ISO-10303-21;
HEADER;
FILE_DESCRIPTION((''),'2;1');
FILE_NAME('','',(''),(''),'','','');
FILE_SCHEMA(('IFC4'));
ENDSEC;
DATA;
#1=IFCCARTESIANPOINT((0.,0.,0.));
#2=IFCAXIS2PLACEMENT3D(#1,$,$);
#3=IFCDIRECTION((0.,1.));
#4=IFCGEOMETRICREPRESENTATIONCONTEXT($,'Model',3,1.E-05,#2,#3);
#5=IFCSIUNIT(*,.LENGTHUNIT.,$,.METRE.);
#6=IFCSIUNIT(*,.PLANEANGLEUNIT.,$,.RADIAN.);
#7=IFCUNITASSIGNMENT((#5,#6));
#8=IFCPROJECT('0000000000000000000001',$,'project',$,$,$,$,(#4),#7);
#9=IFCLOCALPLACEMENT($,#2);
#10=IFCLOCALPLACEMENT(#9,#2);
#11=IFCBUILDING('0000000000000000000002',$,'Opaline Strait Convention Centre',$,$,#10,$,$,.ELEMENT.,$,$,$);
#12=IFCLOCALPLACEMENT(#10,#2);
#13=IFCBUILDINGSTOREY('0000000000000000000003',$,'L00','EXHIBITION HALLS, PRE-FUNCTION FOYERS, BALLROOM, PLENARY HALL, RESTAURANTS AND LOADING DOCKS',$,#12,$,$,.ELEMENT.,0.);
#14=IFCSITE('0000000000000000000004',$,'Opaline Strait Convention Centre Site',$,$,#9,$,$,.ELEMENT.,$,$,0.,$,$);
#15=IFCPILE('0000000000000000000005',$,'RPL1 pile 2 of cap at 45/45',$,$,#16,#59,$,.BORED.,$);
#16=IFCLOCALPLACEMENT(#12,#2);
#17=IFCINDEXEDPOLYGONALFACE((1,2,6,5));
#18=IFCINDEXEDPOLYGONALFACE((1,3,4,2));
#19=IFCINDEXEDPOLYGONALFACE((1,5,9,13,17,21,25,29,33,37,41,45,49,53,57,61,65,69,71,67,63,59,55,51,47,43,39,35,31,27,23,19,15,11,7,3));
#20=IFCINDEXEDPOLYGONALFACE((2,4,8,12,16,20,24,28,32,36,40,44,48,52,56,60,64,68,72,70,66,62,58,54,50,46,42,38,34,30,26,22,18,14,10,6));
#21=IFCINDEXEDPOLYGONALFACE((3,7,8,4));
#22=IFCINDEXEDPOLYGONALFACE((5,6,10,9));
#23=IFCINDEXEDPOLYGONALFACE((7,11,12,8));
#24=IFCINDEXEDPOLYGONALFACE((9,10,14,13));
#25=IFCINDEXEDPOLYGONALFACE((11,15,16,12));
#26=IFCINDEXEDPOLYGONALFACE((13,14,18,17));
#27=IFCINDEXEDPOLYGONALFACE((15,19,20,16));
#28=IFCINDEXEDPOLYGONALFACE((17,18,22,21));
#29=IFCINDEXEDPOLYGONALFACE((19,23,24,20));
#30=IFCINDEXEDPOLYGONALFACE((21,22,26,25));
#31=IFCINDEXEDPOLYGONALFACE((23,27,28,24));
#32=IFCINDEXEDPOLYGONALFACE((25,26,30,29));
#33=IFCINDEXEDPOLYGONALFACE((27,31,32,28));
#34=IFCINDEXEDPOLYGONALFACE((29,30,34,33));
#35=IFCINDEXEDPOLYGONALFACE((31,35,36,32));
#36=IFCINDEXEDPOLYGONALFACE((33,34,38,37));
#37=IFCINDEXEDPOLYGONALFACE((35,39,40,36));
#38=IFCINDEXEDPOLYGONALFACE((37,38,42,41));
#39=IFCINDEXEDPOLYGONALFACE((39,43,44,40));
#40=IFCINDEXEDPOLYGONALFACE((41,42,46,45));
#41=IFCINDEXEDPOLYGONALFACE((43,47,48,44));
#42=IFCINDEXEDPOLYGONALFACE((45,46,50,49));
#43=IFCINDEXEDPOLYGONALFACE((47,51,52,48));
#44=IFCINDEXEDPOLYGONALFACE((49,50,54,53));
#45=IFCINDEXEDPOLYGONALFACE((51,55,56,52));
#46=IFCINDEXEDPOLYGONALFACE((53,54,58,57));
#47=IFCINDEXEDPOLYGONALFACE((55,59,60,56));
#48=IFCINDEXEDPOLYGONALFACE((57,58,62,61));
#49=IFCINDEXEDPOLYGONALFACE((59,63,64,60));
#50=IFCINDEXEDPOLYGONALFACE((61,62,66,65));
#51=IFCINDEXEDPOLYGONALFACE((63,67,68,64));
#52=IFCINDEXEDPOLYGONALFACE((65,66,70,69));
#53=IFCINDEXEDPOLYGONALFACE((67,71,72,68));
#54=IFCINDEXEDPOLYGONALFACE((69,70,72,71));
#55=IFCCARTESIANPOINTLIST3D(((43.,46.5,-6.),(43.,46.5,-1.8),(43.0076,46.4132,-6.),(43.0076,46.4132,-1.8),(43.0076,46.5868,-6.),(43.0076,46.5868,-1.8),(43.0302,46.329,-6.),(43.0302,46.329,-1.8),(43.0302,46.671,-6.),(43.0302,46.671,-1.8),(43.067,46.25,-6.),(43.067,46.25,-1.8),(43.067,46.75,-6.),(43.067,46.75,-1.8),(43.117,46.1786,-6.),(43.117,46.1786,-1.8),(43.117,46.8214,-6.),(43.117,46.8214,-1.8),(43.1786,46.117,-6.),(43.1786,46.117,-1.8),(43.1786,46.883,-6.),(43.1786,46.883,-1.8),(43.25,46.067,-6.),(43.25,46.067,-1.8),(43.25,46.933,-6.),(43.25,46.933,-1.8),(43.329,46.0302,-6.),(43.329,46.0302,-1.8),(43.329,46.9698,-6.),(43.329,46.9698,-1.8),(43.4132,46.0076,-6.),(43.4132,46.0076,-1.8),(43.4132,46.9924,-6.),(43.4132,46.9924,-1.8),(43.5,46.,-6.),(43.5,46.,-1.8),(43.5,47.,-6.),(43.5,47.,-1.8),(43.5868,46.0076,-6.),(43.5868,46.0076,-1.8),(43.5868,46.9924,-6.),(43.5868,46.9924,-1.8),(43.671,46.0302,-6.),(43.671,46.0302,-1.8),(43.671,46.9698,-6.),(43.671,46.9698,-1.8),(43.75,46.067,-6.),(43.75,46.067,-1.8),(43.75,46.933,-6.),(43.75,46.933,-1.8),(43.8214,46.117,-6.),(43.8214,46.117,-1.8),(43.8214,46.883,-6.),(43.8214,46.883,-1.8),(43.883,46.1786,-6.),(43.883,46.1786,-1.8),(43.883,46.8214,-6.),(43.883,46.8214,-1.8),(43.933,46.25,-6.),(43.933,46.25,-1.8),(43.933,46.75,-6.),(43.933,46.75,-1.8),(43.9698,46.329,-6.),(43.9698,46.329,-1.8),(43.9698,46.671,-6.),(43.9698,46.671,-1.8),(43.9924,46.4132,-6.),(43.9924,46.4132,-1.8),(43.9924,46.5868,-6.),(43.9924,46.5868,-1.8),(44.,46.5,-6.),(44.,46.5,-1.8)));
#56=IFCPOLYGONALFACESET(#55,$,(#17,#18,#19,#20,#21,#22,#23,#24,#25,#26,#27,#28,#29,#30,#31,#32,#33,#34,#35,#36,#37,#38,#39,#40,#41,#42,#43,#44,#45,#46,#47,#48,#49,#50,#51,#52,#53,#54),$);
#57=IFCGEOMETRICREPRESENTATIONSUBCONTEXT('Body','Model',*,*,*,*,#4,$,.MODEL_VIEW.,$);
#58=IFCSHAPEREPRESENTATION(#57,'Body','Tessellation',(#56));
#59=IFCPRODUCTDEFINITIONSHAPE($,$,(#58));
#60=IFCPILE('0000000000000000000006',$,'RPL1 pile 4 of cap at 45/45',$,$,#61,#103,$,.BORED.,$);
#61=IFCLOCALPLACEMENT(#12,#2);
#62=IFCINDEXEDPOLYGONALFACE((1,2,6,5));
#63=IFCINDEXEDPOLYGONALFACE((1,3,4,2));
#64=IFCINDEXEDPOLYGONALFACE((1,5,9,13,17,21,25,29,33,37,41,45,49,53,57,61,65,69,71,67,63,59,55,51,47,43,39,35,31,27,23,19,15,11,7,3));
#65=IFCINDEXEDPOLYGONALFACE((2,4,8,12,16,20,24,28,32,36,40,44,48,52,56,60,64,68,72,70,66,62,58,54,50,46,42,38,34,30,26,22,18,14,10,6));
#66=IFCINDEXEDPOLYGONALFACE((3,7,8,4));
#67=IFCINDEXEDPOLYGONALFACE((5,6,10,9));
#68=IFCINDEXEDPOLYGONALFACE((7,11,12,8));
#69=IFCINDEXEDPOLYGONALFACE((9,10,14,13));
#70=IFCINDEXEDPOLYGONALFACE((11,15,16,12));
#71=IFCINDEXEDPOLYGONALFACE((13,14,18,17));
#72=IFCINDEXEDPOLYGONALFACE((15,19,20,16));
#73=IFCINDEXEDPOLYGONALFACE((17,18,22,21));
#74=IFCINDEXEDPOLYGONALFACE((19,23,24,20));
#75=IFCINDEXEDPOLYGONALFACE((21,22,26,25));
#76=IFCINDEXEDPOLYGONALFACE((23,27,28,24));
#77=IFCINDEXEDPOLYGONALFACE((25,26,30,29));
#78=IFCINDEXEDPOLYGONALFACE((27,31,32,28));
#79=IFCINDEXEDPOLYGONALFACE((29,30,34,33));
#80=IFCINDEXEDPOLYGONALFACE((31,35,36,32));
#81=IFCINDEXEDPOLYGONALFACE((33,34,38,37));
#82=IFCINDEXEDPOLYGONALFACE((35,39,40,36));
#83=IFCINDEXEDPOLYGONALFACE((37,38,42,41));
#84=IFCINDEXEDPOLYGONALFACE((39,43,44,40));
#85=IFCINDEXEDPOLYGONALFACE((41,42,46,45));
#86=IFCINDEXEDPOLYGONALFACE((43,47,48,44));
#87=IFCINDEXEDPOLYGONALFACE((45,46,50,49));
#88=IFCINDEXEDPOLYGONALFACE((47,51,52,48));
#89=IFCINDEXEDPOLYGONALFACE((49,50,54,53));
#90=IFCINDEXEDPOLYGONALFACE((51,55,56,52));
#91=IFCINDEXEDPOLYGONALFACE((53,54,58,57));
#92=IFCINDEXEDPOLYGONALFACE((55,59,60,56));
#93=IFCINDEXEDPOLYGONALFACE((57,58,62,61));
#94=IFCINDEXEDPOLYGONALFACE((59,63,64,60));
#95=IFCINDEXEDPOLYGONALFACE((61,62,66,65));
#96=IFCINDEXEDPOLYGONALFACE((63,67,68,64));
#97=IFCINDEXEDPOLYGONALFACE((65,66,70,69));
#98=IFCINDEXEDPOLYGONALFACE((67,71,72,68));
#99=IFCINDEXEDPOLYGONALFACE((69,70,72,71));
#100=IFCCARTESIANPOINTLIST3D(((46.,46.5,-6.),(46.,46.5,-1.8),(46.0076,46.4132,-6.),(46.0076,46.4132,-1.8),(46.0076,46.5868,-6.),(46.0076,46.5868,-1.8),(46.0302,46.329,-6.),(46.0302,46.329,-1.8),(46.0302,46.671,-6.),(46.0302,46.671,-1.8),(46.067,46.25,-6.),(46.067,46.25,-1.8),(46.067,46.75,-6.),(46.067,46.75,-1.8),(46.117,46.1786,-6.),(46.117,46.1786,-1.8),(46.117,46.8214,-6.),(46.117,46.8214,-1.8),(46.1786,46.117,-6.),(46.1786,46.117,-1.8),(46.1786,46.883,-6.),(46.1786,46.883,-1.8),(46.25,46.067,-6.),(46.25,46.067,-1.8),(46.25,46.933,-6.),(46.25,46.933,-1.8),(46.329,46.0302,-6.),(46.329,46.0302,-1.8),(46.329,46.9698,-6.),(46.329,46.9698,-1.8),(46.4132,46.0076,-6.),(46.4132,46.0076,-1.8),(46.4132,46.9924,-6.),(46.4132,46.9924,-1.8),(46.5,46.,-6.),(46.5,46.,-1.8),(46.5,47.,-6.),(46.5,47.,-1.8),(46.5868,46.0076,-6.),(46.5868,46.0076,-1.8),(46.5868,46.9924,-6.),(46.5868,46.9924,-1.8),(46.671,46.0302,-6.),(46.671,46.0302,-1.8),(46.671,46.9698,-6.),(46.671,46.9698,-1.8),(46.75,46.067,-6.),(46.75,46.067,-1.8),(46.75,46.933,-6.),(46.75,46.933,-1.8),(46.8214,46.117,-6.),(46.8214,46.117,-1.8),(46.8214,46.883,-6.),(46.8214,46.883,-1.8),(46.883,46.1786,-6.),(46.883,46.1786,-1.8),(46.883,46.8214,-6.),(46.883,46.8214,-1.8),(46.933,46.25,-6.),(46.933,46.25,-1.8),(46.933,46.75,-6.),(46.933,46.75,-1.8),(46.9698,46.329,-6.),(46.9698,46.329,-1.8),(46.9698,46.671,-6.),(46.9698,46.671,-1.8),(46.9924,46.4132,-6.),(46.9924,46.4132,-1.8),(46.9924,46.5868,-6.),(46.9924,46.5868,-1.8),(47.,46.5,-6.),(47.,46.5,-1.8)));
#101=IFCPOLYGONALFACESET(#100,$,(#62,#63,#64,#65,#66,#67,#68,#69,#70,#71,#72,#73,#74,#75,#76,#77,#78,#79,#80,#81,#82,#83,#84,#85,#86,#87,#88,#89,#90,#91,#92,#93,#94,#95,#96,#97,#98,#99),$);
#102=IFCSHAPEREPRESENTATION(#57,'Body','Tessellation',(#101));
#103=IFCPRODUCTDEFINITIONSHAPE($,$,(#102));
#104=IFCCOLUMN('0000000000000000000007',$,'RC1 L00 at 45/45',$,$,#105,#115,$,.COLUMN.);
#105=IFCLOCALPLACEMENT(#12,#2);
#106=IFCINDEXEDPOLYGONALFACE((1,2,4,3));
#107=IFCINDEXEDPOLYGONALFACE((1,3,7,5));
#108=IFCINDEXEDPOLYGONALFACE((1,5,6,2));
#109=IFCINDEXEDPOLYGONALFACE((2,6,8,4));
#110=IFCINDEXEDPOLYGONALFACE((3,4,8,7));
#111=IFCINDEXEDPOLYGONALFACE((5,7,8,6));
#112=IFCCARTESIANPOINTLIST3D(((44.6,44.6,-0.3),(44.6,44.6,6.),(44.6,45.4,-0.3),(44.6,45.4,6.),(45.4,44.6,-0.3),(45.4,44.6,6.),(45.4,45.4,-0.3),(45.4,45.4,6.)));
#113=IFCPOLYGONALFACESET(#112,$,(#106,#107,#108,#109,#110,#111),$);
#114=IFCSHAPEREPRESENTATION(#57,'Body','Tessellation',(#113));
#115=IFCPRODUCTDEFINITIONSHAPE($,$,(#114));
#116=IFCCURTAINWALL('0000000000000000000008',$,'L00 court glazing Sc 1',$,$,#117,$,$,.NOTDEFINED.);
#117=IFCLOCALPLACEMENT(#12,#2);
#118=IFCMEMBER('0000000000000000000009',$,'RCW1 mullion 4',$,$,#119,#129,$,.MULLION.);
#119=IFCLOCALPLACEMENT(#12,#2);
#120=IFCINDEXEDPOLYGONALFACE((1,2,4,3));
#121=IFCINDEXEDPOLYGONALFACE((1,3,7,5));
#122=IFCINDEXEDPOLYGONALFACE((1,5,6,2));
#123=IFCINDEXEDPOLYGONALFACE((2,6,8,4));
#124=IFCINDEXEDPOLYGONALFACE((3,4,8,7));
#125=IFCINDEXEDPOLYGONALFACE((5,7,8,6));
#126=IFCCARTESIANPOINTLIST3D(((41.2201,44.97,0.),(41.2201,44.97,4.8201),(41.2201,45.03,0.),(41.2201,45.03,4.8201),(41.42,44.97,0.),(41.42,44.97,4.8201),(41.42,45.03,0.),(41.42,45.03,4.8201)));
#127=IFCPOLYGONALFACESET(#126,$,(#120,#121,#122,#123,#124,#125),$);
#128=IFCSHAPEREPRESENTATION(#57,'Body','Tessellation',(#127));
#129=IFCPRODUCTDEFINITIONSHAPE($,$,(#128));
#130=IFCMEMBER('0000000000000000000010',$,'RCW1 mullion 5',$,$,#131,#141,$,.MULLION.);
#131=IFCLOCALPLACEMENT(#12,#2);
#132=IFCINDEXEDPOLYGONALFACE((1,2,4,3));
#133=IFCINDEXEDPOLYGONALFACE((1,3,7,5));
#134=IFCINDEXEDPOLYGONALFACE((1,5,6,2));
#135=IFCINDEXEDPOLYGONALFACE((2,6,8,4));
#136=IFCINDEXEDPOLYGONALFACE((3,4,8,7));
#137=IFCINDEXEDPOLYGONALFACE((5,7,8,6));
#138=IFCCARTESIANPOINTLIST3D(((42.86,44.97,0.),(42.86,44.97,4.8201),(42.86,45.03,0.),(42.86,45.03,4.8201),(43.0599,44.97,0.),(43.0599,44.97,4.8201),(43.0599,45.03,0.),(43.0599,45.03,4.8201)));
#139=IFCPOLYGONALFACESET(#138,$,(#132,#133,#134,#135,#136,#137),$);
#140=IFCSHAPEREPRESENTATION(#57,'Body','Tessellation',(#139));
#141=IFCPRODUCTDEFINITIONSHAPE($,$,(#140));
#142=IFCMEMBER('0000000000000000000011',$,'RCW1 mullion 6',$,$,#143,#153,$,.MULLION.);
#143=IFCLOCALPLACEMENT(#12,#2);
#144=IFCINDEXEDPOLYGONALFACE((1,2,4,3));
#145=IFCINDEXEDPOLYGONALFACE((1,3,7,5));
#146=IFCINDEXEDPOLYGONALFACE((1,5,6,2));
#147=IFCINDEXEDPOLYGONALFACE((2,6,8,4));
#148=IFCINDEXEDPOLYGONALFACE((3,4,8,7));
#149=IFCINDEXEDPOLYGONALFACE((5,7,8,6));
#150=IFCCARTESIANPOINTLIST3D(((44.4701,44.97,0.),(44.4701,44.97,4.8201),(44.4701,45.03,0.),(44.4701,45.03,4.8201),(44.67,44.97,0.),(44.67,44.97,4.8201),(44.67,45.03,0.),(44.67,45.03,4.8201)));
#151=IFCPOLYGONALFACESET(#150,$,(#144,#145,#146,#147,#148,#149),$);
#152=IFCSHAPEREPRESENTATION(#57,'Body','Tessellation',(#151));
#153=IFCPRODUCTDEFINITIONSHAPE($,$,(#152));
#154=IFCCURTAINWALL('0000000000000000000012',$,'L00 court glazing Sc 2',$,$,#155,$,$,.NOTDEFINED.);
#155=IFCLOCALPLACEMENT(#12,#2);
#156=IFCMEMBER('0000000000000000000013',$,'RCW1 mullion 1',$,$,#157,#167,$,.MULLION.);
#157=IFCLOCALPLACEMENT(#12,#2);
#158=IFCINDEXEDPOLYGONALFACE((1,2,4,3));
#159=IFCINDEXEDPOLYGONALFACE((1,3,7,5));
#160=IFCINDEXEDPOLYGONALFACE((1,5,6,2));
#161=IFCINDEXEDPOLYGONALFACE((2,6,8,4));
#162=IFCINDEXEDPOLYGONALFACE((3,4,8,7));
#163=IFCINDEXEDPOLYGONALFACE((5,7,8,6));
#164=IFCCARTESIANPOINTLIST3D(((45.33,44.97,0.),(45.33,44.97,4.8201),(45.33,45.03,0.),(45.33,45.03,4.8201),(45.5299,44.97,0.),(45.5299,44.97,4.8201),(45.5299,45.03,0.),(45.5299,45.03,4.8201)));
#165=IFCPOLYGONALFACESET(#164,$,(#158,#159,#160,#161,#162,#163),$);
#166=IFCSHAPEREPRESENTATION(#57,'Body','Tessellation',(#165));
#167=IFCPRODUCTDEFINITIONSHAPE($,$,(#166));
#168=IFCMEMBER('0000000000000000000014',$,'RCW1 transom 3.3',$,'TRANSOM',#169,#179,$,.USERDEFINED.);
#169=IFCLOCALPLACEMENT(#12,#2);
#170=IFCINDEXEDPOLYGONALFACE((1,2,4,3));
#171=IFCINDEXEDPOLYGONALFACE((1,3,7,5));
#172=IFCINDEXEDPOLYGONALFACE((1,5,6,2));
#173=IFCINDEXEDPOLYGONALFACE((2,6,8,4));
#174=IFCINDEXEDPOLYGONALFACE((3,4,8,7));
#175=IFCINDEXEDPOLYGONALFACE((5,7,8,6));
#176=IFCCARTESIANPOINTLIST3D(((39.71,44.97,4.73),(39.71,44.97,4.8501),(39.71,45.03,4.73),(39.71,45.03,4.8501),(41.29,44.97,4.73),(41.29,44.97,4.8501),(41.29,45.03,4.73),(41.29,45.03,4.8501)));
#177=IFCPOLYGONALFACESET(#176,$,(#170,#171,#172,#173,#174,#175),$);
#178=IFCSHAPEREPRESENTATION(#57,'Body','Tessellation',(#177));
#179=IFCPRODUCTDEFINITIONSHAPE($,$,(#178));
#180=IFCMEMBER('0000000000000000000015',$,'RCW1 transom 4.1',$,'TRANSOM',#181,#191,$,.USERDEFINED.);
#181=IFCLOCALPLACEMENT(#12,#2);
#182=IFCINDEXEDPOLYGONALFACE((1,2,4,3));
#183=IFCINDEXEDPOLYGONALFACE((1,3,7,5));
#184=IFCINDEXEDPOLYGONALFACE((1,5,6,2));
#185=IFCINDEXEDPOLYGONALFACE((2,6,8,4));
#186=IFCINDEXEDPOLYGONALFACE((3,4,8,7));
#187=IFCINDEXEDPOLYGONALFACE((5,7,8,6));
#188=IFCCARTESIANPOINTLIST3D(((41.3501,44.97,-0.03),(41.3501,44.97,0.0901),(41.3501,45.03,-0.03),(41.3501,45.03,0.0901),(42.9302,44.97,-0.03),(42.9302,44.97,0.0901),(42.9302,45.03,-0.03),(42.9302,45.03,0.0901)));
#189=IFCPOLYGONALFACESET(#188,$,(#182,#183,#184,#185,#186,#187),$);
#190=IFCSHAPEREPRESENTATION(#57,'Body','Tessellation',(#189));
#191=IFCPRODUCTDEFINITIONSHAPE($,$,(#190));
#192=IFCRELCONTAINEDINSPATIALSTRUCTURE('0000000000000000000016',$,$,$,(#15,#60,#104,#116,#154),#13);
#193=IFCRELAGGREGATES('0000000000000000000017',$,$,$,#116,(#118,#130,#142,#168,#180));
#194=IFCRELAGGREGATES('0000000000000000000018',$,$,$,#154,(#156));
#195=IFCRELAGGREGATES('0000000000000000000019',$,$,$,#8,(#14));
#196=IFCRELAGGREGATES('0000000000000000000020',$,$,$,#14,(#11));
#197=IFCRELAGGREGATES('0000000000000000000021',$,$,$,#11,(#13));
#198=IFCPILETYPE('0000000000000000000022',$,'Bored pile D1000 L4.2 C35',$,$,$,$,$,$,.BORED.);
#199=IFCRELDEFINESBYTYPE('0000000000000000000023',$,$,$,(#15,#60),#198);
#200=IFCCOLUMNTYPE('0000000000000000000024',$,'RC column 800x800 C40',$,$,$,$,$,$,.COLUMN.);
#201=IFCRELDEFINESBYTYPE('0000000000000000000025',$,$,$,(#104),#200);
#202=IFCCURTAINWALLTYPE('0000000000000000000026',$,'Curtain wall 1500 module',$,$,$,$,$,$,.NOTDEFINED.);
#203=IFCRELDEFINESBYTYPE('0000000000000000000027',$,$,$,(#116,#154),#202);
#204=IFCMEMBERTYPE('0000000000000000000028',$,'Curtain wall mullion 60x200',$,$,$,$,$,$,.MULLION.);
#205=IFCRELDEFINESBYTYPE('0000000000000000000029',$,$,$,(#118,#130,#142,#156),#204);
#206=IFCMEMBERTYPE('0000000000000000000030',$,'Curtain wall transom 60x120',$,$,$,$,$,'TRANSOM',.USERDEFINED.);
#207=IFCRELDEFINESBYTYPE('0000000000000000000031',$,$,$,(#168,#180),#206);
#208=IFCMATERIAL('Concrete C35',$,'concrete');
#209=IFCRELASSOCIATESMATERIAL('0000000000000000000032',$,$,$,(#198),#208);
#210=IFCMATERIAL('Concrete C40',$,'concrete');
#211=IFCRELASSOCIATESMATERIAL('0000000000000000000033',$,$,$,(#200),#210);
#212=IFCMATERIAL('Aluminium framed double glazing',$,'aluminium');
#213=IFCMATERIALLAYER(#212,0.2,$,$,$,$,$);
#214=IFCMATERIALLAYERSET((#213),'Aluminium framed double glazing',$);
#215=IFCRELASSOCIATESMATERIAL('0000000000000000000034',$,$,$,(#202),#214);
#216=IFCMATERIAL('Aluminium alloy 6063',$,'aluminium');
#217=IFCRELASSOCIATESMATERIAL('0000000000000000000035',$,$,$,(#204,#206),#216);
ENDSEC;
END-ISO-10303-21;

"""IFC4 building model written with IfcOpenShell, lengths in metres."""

from ifc_helpers import new_model, si_unit, direction, frame, origin, origin_2d, place, context, subcontext, project, spatial, rectangle, circle, extrude, material, layer, layer_set, material_profile, profile_set, type_object, element, aggregate, save


model = new_model("IFC4")

# Units and contexts
model_context = context("Model", 3, precision=1e-05, world=origin(), true_north=direction((0.0, 1.0)))
body_context = subcontext(model_context, "Body", "Model", "MODEL_VIEW")
ifc_project = project(units=[si_unit("LENGTHUNIT", "METRE"), si_unit("PLANEANGLEUNIT", "RADIAN")], contexts=[model_context])

# Site, building, storey
site_placement = place(None, origin())
site = spatial("IfcSite", under=ifc_project, at=site_placement, Name="Opaline Strait Convention Centre Site", CompositionType="ELEMENT", RefElevation=0.0)
building_placement = place(site_placement, origin())
building = spatial("IfcBuilding", under=site, at=building_placement, Name="Opaline Strait Convention Centre", CompositionType="ELEMENT")
storey_placement = place(building_placement, origin())
storey = spatial("IfcBuildingStorey", under=building, at=storey_placement, Name="L00", Description="EXHIBITION HALLS, PRE-FUNCTION FOYERS, BALLROOM, PLENARY HALL, RESTAURANTS AND LOADING DOCKS", CompositionType="ELEMENT", Elevation=0.0)

# Piles
ifc_material_1 = material(Name="Concrete C35", Category="concrete")
ifc_material_profile_1 = material_profile(ifc_material_1, circle(Radius=0.5, at=origin_2d()), Name="D1000")
ifc_profile_set_1 = profile_set([ifc_material_profile_1], Name="Concrete C35")
pile_type = type_object("IfcPileType", Name="Bored pile D1000 L4.2 C35", PredefinedType="BORED", material=ifc_profile_set_1)
for number, where, z_axis, x_axis, name in (
    (1, (43.5, 46.5, -1.8), (0.0, 0.0, -1.0), (1.0, 0.0, 0.0), "RPL1 pile 2 of cap at 45/45"),
    (2, (46.5, 46.5, -1.8), (0.0, 0.0, -1.0), (1.0, 0.0, 0.0), "RPL1 pile 4 of cap at 45/45"),
):
    element("IfcPile", number, at=place(storey_placement, frame(where, z_axis=z_axis, x_axis=x_axis)), inside=storey, type_object=pile_type, Name=name, PredefinedType="BORED", context=body_context, shape_type="SweptSolid", body=[
        extrude(circle(Radius=0.5, at=origin_2d()), origin(), (0.0, 0.0, 1.0), 4.2),
    ])

# Column
ifc_material_2 = material(Name="Concrete C40", Category="concrete")
ifc_material_profile_2 = material_profile(ifc_material_2, rectangle(XDim=0.8, YDim=0.8, at=origin_2d()), Name="RC 800x800")
ifc_profile_set_2 = profile_set([ifc_material_profile_2], Name="Concrete C40")
column_type = type_object("IfcColumnType", Name="RC column 800x800 C40", PredefinedType="COLUMN", material=ifc_profile_set_2)
column_placement = place(storey_placement, frame((45.0, 45.0, -0.3), z_axis=(0.0, 0.0, 1.0), x_axis=(1.0, 0.0, 0.0)))
element("IfcColumn", 3, at=column_placement, inside=storey, type_object=column_type, Name="RC1 L00 at 45/45", PredefinedType="COLUMN", context=body_context, shape_type="SweptSolid", body=[
    extrude(rectangle(XDim=0.8, YDim=0.8, at=origin_2d()), origin(), (0.0, 0.0, 1.0), 6.3),
])

# Curtain wall, members
ifc_material_3 = material(Name="Aluminium framed double glazing", Category="aluminium")
ifc_layer_1 = layer(ifc_material_3, 0.2)
ifc_layer_set_1 = layer_set([ifc_layer_1], Name="Aluminium framed double glazing")
curtain_wall_type = type_object("IfcCurtainWallType", Name="Curtain wall 1500 module", PredefinedType="NOTDEFINED", material=ifc_layer_set_1)
curtain_wall_1_placement = place(storey_placement, origin())
curtain_wall_1 = element("IfcCurtainWall", 4, at=curtain_wall_1_placement, inside=storey, type_object=curtain_wall_type, Name="L00 court glazing Sc 1", PredefinedType="NOTDEFINED")
ifc_material_4 = material(Name="Aluminium alloy 6063", Category="aluminium")
ifc_material_profile_3 = material_profile(ifc_material_4, rectangle(XDim=0.0601, YDim=0.2, at=origin_2d()), Name="Curtain wall mullion 60x200")
ifc_profile_set_3 = profile_set([ifc_material_profile_3], Name="Aluminium alloy 6063")
member_type_1 = type_object("IfcMemberType", Name="Curtain wall mullion 60x200", PredefinedType="MULLION", material=ifc_profile_set_3)
member_1_placement = place(storey_placement, frame((41.3201, 45.0, 0.0), z_axis=(0.0, 0.0, 1.0), x_axis=(0.0, 1.0, 0.0)))
member_1 = element("IfcMember", 5, at=member_1_placement, type_object=member_type_1, Name="RCW1 mullion 4", PredefinedType="MULLION", context=body_context, shape_type="SweptSolid", body=[
    extrude(rectangle(XDim=0.0601, YDim=0.2, at=origin_2d()), origin(), (0.0, 0.0, 1.0), 4.8201),
])
member_2_placement = place(storey_placement, frame((42.96, 45.0, 0.0), z_axis=(0.0, 0.0, 1.0), x_axis=(0.0, 1.0, 0.0)))
member_2 = element("IfcMember", 6, at=member_2_placement, type_object=member_type_1, Name="RCW1 mullion 5", PredefinedType="MULLION", context=body_context, shape_type="SweptSolid", body=[
    extrude(rectangle(XDim=0.0601, YDim=0.2, at=origin_2d()), origin(), (0.0, 0.0, 1.0), 4.8201),
])
member_3_placement = place(storey_placement, frame((44.5701, 45.0, 0.0), z_axis=(0.0, 0.0, 1.0), x_axis=(0.0, 1.0, 0.0)))
member_3 = element("IfcMember", 7, at=member_3_placement, type_object=member_type_1, Name="RCW1 mullion 6", PredefinedType="MULLION", context=body_context, shape_type="SweptSolid", body=[
    extrude(rectangle(XDim=0.0601, YDim=0.2, at=origin_2d()), origin(), (0.0, 0.0, 1.0), 4.8201),
])

# Curtain wall, member
curtain_wall_2_placement = place(storey_placement, origin())
curtain_wall_2 = element("IfcCurtainWall", 8, at=curtain_wall_2_placement, inside=storey, type_object=curtain_wall_type, Name="L00 court glazing Sc 2", PredefinedType="NOTDEFINED")
member_4_placement = place(storey_placement, frame((45.4299, 45.0, 0.0), z_axis=(0.0, 0.0, 1.0), x_axis=(0.0, 1.0, 0.0)))
member_4 = element("IfcMember", 9, at=member_4_placement, type_object=member_type_1, Name="RCW1 mullion 1", PredefinedType="MULLION", context=body_context, shape_type="SweptSolid", body=[
    extrude(rectangle(XDim=0.0601, YDim=0.2, at=origin_2d()), origin(), (0.0, 0.0, 1.0), 4.8201),
])

# Members
ifc_material_profile_4 = material_profile(ifc_material_4, rectangle(XDim=0.0601, YDim=0.1201, at=origin_2d()), Name="Curtain wall transom 60x120")
ifc_profile_set_4 = profile_set([ifc_material_profile_4], Name="Aluminium alloy 6063")
member_type_2 = type_object("IfcMemberType", Name="Curtain wall transom 60x120", ElementType="TRANSOM", PredefinedType="USERDEFINED", material=ifc_profile_set_4)
member_5_placement = place(storey_placement, frame((39.71, 45.0, 4.79), z_axis=(1.0, 0.0, 0.0), x_axis=(0.0, 1.0, 0.0)))
member_5 = element("IfcMember", 10, at=member_5_placement, type_object=member_type_2, Name="RCW1 transom 3.3", ObjectType="TRANSOM", PredefinedType="USERDEFINED", context=body_context, shape_type="SweptSolid", body=[
    extrude(rectangle(XDim=0.0601, YDim=0.1201, at=origin_2d()), origin(), (0.0, 0.0, 1.0), 1.5801),
])
member_6_placement = place(storey_placement, frame((41.3501, 45.0, 0.03), z_axis=(1.0, 0.0, 0.0), x_axis=(0.0, 1.0, 0.0)))
member_6 = element("IfcMember", 11, at=member_6_placement, type_object=member_type_2, Name="RCW1 transom 4.1", ObjectType="TRANSOM", PredefinedType="USERDEFINED", context=body_context, shape_type="SweptSolid", body=[
    extrude(rectangle(XDim=0.0601, YDim=0.1201, at=origin_2d()), origin(), (0.0, 0.0, 1.0), 1.5801),
])

aggregate(curtain_wall_1, [member_1, member_2, member_3, member_5, member_6])
aggregate(curtain_wall_2, [member_4])

save(model, "model.ifc")
